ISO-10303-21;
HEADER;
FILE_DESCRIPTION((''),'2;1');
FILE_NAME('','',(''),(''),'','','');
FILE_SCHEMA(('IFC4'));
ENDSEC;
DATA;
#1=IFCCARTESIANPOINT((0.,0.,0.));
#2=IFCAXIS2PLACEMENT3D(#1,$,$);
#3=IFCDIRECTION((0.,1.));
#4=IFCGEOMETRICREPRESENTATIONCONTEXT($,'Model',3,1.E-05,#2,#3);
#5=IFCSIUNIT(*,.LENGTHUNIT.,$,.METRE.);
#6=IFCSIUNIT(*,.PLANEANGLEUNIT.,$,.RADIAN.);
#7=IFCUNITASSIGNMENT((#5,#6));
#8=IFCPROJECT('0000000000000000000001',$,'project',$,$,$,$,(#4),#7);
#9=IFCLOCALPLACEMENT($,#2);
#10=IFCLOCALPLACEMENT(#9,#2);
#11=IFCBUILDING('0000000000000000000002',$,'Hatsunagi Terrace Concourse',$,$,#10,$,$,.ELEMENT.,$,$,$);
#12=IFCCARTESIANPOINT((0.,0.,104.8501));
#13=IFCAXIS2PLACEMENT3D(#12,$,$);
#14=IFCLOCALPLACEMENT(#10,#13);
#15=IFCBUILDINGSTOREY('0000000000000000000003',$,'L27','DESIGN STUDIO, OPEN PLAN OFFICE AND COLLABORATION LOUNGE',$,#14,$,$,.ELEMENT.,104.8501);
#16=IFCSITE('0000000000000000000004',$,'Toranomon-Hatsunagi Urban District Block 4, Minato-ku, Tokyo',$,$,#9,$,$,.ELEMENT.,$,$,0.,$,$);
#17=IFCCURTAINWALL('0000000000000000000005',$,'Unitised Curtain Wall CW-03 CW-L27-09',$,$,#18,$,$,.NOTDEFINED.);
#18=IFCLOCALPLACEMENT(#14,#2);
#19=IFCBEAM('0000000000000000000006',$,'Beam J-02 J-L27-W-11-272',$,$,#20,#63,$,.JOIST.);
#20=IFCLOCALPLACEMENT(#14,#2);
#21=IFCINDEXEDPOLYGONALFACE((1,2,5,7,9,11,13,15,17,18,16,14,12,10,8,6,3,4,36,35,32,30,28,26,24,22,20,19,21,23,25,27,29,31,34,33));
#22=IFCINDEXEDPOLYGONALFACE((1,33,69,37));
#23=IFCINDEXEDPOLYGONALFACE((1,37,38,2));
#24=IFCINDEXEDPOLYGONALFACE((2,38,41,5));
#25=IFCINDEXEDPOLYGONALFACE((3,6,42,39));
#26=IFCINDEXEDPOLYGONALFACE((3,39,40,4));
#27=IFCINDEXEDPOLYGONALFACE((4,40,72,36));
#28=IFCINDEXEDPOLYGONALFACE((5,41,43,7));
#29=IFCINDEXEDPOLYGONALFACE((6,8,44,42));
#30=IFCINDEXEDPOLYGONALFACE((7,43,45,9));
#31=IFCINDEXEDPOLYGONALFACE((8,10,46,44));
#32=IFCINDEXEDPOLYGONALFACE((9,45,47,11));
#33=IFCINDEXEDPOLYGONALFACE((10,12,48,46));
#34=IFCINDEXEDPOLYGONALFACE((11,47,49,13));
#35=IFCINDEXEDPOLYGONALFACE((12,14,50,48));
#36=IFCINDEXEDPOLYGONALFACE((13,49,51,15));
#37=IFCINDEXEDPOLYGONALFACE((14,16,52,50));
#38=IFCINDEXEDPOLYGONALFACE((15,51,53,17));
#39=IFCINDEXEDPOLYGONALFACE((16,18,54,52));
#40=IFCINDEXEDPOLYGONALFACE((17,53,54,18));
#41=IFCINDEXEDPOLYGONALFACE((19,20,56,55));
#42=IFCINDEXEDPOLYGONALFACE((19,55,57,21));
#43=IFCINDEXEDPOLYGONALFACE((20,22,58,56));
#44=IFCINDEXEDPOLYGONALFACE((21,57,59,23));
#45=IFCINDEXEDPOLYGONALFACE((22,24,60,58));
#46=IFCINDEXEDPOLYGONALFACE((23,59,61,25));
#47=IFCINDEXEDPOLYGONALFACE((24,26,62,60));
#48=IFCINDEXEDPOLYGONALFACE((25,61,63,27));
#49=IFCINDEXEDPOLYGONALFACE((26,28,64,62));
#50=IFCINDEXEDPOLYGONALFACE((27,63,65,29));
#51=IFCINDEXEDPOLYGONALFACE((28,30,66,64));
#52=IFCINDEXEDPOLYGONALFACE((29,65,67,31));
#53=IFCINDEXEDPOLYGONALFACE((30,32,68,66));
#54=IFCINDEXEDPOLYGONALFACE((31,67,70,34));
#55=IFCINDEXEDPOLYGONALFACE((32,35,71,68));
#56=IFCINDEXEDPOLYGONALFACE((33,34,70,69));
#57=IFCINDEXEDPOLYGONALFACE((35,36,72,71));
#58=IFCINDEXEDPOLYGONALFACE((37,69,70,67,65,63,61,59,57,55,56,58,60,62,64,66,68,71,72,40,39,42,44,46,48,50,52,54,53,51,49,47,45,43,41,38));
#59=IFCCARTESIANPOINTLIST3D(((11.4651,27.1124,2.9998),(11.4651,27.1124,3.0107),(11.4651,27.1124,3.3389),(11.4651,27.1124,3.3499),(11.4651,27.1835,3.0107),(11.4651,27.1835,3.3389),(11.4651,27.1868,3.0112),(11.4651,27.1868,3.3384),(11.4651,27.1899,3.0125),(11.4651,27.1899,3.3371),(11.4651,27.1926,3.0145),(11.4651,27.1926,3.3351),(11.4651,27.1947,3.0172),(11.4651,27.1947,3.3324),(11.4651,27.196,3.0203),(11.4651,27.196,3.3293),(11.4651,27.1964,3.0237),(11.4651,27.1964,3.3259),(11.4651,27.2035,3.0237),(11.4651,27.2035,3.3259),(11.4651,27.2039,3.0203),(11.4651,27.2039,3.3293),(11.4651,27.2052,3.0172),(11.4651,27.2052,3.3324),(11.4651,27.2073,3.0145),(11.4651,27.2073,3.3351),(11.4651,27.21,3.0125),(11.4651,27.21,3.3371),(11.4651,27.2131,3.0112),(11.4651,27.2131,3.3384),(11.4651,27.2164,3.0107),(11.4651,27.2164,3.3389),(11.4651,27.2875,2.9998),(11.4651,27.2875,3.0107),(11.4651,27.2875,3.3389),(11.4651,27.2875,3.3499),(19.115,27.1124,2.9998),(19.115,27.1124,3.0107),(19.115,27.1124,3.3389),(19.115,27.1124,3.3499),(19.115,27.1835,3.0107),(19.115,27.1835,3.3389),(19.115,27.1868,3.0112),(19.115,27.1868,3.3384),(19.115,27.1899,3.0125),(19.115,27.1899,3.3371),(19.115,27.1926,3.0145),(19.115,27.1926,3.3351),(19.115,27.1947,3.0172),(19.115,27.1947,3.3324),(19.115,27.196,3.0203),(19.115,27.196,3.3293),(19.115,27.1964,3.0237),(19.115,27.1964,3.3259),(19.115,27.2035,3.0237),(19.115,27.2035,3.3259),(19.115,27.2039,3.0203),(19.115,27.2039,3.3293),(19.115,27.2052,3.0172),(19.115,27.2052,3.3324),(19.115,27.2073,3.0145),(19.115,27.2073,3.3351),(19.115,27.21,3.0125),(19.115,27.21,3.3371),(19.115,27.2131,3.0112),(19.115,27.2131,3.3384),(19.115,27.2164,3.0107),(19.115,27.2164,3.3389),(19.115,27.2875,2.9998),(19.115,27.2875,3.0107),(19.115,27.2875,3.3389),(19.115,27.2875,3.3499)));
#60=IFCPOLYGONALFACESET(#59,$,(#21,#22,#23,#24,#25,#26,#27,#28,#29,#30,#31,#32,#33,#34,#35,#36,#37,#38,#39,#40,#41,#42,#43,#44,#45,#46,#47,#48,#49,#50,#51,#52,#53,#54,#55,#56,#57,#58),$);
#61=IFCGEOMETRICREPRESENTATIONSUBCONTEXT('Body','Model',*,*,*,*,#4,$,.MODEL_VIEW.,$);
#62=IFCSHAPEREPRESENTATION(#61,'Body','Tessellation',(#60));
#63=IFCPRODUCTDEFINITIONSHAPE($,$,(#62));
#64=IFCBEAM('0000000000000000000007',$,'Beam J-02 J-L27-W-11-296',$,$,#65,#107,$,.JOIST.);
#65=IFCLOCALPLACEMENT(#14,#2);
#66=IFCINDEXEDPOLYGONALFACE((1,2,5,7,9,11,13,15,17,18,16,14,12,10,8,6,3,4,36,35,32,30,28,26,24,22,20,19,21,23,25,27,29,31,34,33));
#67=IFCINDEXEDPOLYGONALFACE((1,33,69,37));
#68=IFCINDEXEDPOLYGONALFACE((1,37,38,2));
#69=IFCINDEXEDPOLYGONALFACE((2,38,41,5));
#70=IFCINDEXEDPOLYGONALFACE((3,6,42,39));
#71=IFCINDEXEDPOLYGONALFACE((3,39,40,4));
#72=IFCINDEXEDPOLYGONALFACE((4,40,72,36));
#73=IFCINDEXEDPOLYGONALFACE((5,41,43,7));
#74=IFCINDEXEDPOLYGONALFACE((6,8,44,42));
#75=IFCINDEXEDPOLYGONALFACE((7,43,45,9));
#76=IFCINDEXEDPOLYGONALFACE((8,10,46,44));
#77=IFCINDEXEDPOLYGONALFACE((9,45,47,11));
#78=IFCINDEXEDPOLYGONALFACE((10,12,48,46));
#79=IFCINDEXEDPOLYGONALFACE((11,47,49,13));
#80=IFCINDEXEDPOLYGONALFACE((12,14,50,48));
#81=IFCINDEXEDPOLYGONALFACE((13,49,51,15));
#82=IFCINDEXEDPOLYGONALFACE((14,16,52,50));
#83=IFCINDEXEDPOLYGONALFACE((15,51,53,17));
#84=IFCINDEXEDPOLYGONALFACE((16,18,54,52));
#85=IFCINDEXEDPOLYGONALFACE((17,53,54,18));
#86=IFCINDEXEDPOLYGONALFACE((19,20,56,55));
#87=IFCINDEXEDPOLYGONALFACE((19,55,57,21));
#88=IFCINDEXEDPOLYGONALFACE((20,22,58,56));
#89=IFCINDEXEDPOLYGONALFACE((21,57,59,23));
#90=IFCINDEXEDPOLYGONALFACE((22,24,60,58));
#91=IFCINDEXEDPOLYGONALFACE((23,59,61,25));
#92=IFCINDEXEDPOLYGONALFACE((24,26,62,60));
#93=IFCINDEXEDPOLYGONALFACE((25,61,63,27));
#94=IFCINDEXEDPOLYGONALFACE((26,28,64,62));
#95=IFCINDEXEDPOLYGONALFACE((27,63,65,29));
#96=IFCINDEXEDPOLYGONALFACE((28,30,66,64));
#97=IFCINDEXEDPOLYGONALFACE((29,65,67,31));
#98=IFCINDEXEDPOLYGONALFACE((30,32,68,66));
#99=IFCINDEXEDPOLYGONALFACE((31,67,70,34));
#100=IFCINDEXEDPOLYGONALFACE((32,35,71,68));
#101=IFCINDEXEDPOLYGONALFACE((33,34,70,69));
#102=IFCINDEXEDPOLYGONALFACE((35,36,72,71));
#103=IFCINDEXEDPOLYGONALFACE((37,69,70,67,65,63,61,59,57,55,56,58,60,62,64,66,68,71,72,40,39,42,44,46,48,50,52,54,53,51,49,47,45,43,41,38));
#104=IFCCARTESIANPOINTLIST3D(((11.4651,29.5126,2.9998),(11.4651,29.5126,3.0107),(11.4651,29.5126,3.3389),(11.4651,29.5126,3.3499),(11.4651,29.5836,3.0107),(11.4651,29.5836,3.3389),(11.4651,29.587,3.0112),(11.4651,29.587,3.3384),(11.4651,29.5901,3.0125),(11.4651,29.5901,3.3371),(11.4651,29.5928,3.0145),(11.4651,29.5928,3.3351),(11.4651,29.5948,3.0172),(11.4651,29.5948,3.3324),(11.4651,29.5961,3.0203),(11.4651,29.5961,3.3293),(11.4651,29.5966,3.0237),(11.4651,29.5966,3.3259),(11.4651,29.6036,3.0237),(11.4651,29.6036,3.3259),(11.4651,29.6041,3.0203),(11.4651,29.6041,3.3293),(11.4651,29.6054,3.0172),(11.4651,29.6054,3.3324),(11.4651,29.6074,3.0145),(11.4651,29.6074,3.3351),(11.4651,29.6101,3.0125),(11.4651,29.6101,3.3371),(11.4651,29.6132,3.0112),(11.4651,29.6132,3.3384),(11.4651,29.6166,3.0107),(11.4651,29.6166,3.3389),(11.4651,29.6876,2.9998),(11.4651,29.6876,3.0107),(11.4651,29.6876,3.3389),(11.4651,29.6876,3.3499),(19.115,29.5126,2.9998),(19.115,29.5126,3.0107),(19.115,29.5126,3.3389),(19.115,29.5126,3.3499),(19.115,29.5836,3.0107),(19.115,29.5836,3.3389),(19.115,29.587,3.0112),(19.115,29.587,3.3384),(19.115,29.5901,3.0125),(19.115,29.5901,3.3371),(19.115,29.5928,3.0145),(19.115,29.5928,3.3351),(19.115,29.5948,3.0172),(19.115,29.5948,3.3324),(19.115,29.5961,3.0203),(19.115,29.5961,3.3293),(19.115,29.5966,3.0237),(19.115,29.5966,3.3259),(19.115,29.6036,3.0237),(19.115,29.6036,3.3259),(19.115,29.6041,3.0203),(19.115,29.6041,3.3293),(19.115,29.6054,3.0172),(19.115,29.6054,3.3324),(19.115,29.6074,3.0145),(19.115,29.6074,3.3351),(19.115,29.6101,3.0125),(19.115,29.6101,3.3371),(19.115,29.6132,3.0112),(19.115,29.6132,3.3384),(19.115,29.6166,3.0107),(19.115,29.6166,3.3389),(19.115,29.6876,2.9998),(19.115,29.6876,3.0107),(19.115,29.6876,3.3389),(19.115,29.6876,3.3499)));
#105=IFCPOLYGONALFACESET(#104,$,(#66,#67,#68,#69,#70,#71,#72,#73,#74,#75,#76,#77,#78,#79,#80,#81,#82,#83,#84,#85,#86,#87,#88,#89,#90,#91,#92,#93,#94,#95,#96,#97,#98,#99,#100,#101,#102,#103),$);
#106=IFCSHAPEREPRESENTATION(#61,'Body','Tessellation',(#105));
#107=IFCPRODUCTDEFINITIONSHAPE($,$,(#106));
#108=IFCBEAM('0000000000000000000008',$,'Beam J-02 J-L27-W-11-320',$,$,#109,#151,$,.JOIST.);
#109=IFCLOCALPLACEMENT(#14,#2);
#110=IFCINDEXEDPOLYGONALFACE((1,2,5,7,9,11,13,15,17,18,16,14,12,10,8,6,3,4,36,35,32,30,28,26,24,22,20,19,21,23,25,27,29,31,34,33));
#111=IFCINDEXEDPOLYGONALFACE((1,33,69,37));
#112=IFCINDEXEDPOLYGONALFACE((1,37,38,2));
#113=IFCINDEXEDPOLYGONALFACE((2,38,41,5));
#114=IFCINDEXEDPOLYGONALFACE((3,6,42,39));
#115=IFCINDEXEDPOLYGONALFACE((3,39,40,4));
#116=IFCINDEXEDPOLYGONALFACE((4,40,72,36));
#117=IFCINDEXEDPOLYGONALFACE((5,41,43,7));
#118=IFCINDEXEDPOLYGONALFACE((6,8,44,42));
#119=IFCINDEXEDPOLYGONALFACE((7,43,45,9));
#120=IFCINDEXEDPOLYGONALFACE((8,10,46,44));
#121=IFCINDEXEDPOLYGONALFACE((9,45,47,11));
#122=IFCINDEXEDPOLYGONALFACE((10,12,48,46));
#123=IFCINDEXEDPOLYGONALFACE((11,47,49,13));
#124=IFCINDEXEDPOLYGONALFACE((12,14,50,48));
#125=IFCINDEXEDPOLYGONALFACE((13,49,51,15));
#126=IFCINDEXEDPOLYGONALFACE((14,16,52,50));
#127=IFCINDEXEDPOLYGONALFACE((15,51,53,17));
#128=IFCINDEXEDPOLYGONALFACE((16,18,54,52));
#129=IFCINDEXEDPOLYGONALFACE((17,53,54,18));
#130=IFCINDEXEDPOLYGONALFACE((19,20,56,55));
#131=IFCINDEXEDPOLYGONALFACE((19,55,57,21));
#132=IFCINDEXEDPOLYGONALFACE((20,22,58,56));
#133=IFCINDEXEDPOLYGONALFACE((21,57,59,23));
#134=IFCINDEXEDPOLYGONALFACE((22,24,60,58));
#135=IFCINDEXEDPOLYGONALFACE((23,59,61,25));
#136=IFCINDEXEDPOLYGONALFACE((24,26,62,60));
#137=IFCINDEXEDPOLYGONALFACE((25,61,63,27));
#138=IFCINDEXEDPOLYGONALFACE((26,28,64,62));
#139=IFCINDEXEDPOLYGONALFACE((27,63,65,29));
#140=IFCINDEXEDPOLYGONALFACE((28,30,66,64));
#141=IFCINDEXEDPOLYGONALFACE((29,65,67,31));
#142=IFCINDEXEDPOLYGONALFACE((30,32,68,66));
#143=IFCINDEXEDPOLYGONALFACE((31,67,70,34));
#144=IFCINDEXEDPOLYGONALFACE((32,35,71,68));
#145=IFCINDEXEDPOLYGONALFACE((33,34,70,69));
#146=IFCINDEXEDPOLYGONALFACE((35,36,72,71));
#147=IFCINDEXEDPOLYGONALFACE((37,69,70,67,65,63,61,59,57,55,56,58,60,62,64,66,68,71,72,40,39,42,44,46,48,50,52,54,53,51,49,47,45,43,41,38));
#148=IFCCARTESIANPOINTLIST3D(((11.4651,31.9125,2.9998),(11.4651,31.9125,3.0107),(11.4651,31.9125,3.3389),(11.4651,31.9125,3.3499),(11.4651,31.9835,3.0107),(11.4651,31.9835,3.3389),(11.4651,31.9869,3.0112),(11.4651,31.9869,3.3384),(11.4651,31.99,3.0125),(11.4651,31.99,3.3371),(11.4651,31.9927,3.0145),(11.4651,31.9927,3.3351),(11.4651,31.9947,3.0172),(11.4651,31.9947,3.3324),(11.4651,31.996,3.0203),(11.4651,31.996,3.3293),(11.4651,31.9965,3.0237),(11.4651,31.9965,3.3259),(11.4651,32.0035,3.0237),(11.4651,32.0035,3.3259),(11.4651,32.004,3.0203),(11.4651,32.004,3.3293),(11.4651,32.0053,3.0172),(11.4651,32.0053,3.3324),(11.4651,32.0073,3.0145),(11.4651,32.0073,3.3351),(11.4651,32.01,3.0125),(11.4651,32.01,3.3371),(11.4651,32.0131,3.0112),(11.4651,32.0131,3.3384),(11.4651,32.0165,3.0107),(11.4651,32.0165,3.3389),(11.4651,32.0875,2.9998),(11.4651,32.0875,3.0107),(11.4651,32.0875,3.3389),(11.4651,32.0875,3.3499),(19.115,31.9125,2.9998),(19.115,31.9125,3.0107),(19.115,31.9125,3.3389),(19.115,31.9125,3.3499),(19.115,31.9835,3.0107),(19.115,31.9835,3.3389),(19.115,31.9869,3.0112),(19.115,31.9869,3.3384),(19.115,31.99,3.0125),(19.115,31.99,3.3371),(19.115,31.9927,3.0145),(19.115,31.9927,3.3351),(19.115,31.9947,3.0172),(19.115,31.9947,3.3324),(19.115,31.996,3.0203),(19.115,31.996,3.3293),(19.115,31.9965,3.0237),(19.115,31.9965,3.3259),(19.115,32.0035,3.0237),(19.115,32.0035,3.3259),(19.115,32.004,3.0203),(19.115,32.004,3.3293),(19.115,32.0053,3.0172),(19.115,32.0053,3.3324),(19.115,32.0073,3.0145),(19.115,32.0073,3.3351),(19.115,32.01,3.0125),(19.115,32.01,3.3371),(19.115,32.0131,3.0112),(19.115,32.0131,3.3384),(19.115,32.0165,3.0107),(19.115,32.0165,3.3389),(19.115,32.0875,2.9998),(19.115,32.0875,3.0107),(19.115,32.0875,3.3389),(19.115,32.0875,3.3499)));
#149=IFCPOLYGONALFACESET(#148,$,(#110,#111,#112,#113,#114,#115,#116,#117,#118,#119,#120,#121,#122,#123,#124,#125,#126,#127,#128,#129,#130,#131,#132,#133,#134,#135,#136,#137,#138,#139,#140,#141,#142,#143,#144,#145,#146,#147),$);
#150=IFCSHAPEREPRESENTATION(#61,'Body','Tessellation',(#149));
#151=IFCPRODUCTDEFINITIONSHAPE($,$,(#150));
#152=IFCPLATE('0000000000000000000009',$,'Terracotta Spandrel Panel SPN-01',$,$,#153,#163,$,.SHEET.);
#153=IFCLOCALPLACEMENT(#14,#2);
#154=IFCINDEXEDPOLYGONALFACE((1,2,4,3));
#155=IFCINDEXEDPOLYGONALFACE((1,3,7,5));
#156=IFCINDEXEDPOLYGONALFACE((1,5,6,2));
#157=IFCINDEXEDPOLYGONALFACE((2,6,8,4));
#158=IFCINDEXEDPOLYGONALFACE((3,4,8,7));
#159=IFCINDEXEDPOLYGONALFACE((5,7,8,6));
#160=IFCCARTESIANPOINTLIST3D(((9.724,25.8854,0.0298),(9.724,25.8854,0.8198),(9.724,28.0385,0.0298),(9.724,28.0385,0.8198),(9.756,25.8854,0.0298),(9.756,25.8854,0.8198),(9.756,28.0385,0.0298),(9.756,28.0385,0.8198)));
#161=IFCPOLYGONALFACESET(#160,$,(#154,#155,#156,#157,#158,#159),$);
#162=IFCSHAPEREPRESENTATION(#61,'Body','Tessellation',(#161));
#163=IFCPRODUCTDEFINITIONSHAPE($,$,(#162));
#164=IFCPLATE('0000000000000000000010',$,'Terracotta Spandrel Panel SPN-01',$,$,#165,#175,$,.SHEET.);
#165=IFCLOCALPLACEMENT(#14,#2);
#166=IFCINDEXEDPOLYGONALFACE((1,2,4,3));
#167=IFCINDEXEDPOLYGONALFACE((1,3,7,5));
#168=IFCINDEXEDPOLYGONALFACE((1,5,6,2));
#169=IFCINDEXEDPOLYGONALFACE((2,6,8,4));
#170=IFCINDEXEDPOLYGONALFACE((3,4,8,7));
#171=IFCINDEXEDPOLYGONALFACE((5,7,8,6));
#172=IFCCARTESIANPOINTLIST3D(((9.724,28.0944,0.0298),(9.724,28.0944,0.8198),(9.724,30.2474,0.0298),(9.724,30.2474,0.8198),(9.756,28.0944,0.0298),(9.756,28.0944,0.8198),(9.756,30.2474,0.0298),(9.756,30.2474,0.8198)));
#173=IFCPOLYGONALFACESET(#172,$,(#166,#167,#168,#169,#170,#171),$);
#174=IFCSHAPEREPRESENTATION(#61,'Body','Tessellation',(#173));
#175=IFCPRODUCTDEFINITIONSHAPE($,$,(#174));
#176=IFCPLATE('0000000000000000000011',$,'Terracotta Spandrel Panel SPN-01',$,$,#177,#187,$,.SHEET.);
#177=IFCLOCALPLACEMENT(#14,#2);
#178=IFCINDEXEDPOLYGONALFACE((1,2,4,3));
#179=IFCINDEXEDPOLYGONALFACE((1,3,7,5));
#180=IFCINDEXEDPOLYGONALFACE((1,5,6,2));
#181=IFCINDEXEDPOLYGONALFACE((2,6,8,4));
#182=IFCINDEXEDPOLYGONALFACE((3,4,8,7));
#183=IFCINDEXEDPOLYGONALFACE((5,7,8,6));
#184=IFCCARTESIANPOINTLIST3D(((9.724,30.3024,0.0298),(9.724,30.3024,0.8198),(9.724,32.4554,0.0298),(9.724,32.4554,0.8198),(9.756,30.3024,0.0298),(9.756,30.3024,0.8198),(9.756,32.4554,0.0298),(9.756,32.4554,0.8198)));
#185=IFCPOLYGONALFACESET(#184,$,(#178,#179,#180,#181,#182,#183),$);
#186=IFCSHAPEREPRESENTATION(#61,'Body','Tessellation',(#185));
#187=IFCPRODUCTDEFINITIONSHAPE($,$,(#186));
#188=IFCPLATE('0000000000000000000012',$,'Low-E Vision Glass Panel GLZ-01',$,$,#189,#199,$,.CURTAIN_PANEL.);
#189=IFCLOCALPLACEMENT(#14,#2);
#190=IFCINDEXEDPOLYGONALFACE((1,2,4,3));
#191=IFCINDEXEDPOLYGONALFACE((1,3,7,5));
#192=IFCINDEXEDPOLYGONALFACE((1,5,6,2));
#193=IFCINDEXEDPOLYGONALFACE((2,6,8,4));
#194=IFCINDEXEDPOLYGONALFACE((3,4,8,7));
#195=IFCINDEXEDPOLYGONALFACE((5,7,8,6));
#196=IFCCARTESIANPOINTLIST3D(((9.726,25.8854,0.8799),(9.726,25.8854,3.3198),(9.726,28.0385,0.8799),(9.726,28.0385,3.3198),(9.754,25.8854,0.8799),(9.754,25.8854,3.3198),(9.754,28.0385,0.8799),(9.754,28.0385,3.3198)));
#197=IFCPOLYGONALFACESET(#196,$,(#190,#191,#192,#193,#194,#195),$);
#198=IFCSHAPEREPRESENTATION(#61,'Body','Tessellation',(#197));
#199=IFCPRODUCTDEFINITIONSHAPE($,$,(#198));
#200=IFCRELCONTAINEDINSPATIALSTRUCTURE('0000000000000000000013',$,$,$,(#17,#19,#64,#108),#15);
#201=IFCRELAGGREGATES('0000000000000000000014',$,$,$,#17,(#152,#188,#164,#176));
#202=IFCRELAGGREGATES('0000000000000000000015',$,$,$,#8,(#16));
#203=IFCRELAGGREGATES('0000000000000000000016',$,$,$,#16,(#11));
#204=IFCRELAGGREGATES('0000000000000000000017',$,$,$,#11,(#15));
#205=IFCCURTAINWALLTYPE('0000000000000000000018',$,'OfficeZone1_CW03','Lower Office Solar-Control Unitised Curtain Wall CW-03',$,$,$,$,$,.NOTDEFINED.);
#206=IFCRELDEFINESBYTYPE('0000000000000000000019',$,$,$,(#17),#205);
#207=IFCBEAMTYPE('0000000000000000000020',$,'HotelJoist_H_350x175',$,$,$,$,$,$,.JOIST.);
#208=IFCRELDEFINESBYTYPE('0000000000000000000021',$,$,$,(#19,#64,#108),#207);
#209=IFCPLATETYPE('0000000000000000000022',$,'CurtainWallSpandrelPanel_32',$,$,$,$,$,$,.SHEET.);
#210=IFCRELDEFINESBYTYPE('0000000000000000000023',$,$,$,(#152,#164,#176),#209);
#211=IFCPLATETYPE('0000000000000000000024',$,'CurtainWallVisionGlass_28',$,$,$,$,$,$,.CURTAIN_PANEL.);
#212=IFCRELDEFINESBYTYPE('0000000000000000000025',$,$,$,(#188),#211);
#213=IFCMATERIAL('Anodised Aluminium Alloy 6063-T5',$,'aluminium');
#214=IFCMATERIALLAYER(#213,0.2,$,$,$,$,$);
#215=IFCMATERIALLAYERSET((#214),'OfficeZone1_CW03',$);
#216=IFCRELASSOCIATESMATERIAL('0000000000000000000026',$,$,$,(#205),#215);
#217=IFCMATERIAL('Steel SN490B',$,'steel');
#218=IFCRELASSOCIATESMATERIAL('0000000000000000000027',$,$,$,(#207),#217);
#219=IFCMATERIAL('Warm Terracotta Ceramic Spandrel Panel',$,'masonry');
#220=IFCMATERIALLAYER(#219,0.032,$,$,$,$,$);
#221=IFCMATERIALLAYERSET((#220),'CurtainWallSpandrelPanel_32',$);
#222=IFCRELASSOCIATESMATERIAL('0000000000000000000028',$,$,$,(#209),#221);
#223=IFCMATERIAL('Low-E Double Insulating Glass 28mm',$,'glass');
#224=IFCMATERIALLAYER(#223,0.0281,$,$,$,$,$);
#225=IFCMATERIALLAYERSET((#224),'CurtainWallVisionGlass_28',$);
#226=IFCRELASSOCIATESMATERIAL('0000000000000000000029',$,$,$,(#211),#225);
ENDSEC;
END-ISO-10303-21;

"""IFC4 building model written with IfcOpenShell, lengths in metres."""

from ifc_helpers import new_model, si_unit, direction, frame, origin, origin_2d, place, context, subcontext, project, spatial, rectangle, i_section, extrude, material, layer, layer_set, material_profile, profile_set, type_object, element, aggregate, save


model = new_model("IFC4")

# Units and contexts
model_context = context("Model", 3, precision=1e-05, world=origin(), true_north=direction((0.0, 1.0)))
body_context = subcontext(model_context, "Body", "Model", "MODEL_VIEW")
ifc_project = project(units=[si_unit("LENGTHUNIT", "METRE"), si_unit("PLANEANGLEUNIT", "RADIAN")], contexts=[model_context])

# Site, building, storey
site_placement = place(None, origin())
site = spatial("IfcSite", under=ifc_project, at=site_placement, Name="Toranomon-Hatsunagi Urban District Block 4, Minato-ku, Tokyo", CompositionType="ELEMENT", RefElevation=0.0)
building_placement = place(site_placement, origin())
building = spatial("IfcBuilding", under=site, at=building_placement, Name="Hatsunagi Terrace Concourse", CompositionType="ELEMENT")
storey_placement = place(building_placement, frame((0.0, 0.0, 104.8501)))
storey = spatial("IfcBuildingStorey", under=building, at=storey_placement, Name="L27", Description="DESIGN STUDIO, OPEN PLAN OFFICE AND COLLABORATION LOUNGE", CompositionType="ELEMENT", Elevation=104.8501)

# Curtain wall
ifc_material_1 = material(Name="Anodised Aluminium Alloy 6063-T5", Category="aluminium")
ifc_layer_1 = layer(ifc_material_1, 0.2)
ifc_layer_set_1 = layer_set([ifc_layer_1], Name="OfficeZone1_CW03")
curtain_wall_type = type_object("IfcCurtainWallType", Name="OfficeZone1_CW03", Description="Lower Office Solar-Control Unitised Curtain Wall CW-03", PredefinedType="NOTDEFINED", material=ifc_layer_set_1)
curtain_wall_placement = place(storey_placement, origin())
curtain_wall = element("IfcCurtainWall", 1, at=curtain_wall_placement, inside=storey, type_object=curtain_wall_type, Name="Unitised Curtain Wall CW-03 CW-L27-09", PredefinedType="NOTDEFINED")

# Beams
ifc_material_2 = material(Name="Steel SN490B", Category="steel")
ifc_material_profile_1 = material_profile(ifc_material_2, i_section(OverallWidth=0.175, OverallDepth=0.3501, WebThickness=0.0071, FlangeThickness=0.011, FilletRadius=0.0129, at=origin_2d()), Name="H-350x175x7x11")
ifc_profile_set_1 = profile_set([ifc_material_profile_1], Name="Steel SN490B")
beam_type = type_object("IfcBeamType", Name="HotelJoist_H_350x175", PredefinedType="JOIST", material=ifc_profile_set_1)
for number, where, z_axis, x_axis, name in (
    (2, (11.4651, 27.2, 3.1748), (1.0, 0.0, 0.0), (0.0, 1.0, 0.0), "Beam J-02 J-L27-W-11-272"),
    (3, (11.4651, 29.6001, 3.1748), (1.0, 0.0, 0.0), (0.0, 1.0, 0.0), "Beam J-02 J-L27-W-11-296"),
    (4, (11.4651, 32.0, 3.1748), (1.0, 0.0, 0.0), (0.0, 1.0, 0.0), "Beam J-02 J-L27-W-11-320"),
):
    element("IfcBeam", number, at=place(storey_placement, frame(where, z_axis=z_axis, x_axis=x_axis)), inside=storey, type_object=beam_type, Name=name, PredefinedType="JOIST", context=body_context, shape_type="SweptSolid", body=[
        extrude(i_section(OverallWidth=0.175, OverallDepth=0.3501, WebThickness=0.0071, FlangeThickness=0.011, FilletRadius=0.0129, at=origin_2d()), origin(), (0.0, 0.0, 1.0), 7.6499),
    ])

# Plates
ifc_material_3 = material(Name="Warm Terracotta Ceramic Spandrel Panel", Category="masonry")
ifc_layer_2 = layer(ifc_material_3, 0.032)
ifc_layer_set_2 = layer_set([ifc_layer_2], Name="CurtainWallSpandrelPanel_32")
plate_type_1 = type_object("IfcPlateType", Name="CurtainWallSpandrelPanel_32", PredefinedType="SHEET", material=ifc_layer_set_2)
plate_1_placement = place(storey_placement, frame((9.74, 26.9619, 0.0298), z_axis=(0.0, 0.0, 1.0), x_axis=(0.0, 1.0, 0.0)))
plate_1 = element("IfcPlate", 5, at=plate_1_placement, type_object=plate_type_1, Name="Terracotta Spandrel Panel SPN-01", PredefinedType="SHEET", context=body_context, shape_type="SweptSolid", body=[
    extrude(rectangle(XDim=2.1531, YDim=0.032, at=origin_2d()), origin(), (0.0, 0.0, 1.0), 0.79),
])
plate_2_placement = place(storey_placement, frame((9.74, 29.1709, 0.0298), z_axis=(0.0, 0.0, 1.0), x_axis=(0.0, 1.0, 0.0)))
plate_2 = element("IfcPlate", 6, at=plate_2_placement, type_object=plate_type_1, Name="Terracotta Spandrel Panel SPN-01", PredefinedType="SHEET", context=body_context, shape_type="SweptSolid", body=[
    extrude(rectangle(XDim=2.1531, YDim=0.032, at=origin_2d()), origin(), (0.0, 0.0, 1.0), 0.79),
])
plate_3_placement = place(storey_placement, frame((9.74, 31.3789, 0.0298), z_axis=(0.0, 0.0, 1.0), x_axis=(0.0, 1.0, 0.0)))
plate_3 = element("IfcPlate", 7, at=plate_3_placement, type_object=plate_type_1, Name="Terracotta Spandrel Panel SPN-01", PredefinedType="SHEET", context=body_context, shape_type="SweptSolid", body=[
    extrude(rectangle(XDim=2.1531, YDim=0.032, at=origin_2d()), origin(), (0.0, 0.0, 1.0), 0.79),
])
ifc_material_4 = material(Name="Low-E Double Insulating Glass 28mm", Category="glass")
ifc_layer_3 = layer(ifc_material_4, 0.0281)
ifc_layer_set_3 = layer_set([ifc_layer_3], Name="CurtainWallVisionGlass_28")
plate_type_2 = type_object("IfcPlateType", Name="CurtainWallVisionGlass_28", PredefinedType="CURTAIN_PANEL", material=ifc_layer_set_3)
plate_4_placement = place(storey_placement, frame((9.74, 26.9619, 0.8799), z_axis=(0.0, 0.0, 1.0), x_axis=(0.0, 1.0, 0.0)))
plate_4 = element("IfcPlate", 8, at=plate_4_placement, type_object=plate_type_2, Name="Low-E Vision Glass Panel GLZ-01", PredefinedType="CURTAIN_PANEL", context=body_context, shape_type="SweptSolid", body=[
    extrude(rectangle(XDim=2.1531, YDim=0.0281, at=origin_2d()), origin(), (0.0, 0.0, 1.0), 2.4399),
])
aggregate(curtain_wall, [plate_1, plate_4, plate_2, plate_3])

save(model, "model.ifc")
